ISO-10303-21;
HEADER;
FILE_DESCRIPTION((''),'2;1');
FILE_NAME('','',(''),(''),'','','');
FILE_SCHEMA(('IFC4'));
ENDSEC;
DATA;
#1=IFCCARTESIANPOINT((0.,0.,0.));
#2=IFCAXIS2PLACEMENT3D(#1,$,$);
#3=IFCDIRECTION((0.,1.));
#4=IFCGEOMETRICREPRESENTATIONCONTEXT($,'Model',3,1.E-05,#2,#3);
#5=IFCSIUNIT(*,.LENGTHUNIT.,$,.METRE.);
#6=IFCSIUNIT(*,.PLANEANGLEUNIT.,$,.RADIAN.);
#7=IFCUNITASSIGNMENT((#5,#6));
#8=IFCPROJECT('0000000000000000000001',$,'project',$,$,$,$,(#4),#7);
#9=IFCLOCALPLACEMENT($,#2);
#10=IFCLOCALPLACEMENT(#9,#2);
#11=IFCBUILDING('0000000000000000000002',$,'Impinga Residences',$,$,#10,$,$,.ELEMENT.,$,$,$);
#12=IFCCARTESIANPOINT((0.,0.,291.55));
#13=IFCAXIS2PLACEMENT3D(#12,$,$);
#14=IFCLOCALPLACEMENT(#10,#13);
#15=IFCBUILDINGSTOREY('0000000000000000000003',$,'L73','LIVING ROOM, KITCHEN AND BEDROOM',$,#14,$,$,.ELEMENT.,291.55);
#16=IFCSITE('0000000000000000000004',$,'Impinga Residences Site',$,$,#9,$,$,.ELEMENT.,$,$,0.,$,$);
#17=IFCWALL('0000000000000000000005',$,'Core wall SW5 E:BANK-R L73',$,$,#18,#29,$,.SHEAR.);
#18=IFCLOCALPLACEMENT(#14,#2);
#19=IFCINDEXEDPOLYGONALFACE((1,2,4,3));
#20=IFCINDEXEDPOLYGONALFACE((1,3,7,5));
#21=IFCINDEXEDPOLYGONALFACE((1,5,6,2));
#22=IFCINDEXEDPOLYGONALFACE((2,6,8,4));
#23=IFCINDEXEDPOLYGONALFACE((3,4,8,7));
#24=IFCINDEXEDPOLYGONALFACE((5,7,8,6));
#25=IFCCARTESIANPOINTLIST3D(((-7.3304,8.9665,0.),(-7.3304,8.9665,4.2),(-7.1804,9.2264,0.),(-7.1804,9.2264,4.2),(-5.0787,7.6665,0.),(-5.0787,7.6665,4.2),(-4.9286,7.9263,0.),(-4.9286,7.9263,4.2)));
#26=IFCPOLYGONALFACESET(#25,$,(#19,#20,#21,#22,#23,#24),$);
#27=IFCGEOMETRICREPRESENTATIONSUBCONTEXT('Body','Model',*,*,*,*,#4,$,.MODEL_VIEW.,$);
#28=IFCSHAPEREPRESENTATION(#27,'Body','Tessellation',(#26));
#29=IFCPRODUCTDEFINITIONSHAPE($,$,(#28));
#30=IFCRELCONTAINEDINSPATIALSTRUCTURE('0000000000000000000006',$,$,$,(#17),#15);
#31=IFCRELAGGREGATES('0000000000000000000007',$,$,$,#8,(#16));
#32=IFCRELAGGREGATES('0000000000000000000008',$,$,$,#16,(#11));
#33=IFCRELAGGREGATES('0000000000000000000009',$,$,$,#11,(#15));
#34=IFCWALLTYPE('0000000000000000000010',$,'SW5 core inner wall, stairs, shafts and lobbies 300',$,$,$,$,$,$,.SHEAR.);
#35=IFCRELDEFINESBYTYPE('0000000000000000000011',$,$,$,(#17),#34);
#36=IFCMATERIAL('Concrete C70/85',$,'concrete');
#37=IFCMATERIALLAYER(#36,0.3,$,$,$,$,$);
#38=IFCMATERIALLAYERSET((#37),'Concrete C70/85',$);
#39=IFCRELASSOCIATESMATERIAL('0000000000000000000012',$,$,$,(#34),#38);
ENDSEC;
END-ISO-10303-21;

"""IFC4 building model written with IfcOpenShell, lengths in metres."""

from ifc_helpers import new_model, si_unit, direction, frame, frame_2d, origin, place, context, subcontext, project, spatial, rectangle, extrude, material, layer, layer_set, type_object, element, save


model = new_model("IFC4")

# Units and contexts
model_context = context("Model", 3, precision=1e-05, world=origin(), true_north=direction((0.0, 1.0)))
body_context = subcontext(model_context, "Body", "Model", "MODEL_VIEW")
ifc_project = project(units=[si_unit("LENGTHUNIT", "METRE"), si_unit("PLANEANGLEUNIT", "RADIAN")], contexts=[model_context])

# Site, building, storey
site_placement = place(None, origin())
site = spatial("IfcSite", under=ifc_project, at=site_placement, Name="Impinga Residences Site", CompositionType="ELEMENT", RefElevation=0.0)
building_placement = place(site_placement, origin())
building = spatial("IfcBuilding", under=site, at=building_placement, Name="Impinga Residences", CompositionType="ELEMENT")
storey_placement = place(building_placement, frame((0.0, 0.0, 291.55)))
storey = spatial("IfcBuildingStorey", under=building, at=storey_placement, Name="L73", Description="LIVING ROOM, KITCHEN AND BEDROOM", CompositionType="ELEMENT", Elevation=291.55)

# Wall
ifc_material_1 = material(Name="Concrete C70/85", Category="concrete")
ifc_layer_1 = layer(ifc_material_1, 0.3)
ifc_layer_set_1 = layer_set([ifc_layer_1], Name="Concrete C70/85")
wall_type_1 = type_object("IfcWallType", Name="SW5 core inner wall, stairs, shafts and lobbies 300", PredefinedType="SHEAR", material=ifc_layer_set_1)
wall_1_placement = place(storey_placement, frame((-5.0037, 7.7964, 0.0), z_axis=(0.0, 0.0, 1.0), x_axis=(-0.866021, 0.500007, 0.0)))
element("IfcWall", 1, at=wall_1_placement, inside=storey, type_object=wall_type_1, Name="Core wall SW5 E:BANK-R L73", PredefinedType="SHEAR", context=body_context, shape_type="SweptSolid", body=[
    extrude(rectangle(XDim=2.6001, YDim=0.3, at=frame_2d((1.3, 0.0))), origin(), (0.0, 0.0, 1.0), 4.2),
])

save(model, "model.ifc")
